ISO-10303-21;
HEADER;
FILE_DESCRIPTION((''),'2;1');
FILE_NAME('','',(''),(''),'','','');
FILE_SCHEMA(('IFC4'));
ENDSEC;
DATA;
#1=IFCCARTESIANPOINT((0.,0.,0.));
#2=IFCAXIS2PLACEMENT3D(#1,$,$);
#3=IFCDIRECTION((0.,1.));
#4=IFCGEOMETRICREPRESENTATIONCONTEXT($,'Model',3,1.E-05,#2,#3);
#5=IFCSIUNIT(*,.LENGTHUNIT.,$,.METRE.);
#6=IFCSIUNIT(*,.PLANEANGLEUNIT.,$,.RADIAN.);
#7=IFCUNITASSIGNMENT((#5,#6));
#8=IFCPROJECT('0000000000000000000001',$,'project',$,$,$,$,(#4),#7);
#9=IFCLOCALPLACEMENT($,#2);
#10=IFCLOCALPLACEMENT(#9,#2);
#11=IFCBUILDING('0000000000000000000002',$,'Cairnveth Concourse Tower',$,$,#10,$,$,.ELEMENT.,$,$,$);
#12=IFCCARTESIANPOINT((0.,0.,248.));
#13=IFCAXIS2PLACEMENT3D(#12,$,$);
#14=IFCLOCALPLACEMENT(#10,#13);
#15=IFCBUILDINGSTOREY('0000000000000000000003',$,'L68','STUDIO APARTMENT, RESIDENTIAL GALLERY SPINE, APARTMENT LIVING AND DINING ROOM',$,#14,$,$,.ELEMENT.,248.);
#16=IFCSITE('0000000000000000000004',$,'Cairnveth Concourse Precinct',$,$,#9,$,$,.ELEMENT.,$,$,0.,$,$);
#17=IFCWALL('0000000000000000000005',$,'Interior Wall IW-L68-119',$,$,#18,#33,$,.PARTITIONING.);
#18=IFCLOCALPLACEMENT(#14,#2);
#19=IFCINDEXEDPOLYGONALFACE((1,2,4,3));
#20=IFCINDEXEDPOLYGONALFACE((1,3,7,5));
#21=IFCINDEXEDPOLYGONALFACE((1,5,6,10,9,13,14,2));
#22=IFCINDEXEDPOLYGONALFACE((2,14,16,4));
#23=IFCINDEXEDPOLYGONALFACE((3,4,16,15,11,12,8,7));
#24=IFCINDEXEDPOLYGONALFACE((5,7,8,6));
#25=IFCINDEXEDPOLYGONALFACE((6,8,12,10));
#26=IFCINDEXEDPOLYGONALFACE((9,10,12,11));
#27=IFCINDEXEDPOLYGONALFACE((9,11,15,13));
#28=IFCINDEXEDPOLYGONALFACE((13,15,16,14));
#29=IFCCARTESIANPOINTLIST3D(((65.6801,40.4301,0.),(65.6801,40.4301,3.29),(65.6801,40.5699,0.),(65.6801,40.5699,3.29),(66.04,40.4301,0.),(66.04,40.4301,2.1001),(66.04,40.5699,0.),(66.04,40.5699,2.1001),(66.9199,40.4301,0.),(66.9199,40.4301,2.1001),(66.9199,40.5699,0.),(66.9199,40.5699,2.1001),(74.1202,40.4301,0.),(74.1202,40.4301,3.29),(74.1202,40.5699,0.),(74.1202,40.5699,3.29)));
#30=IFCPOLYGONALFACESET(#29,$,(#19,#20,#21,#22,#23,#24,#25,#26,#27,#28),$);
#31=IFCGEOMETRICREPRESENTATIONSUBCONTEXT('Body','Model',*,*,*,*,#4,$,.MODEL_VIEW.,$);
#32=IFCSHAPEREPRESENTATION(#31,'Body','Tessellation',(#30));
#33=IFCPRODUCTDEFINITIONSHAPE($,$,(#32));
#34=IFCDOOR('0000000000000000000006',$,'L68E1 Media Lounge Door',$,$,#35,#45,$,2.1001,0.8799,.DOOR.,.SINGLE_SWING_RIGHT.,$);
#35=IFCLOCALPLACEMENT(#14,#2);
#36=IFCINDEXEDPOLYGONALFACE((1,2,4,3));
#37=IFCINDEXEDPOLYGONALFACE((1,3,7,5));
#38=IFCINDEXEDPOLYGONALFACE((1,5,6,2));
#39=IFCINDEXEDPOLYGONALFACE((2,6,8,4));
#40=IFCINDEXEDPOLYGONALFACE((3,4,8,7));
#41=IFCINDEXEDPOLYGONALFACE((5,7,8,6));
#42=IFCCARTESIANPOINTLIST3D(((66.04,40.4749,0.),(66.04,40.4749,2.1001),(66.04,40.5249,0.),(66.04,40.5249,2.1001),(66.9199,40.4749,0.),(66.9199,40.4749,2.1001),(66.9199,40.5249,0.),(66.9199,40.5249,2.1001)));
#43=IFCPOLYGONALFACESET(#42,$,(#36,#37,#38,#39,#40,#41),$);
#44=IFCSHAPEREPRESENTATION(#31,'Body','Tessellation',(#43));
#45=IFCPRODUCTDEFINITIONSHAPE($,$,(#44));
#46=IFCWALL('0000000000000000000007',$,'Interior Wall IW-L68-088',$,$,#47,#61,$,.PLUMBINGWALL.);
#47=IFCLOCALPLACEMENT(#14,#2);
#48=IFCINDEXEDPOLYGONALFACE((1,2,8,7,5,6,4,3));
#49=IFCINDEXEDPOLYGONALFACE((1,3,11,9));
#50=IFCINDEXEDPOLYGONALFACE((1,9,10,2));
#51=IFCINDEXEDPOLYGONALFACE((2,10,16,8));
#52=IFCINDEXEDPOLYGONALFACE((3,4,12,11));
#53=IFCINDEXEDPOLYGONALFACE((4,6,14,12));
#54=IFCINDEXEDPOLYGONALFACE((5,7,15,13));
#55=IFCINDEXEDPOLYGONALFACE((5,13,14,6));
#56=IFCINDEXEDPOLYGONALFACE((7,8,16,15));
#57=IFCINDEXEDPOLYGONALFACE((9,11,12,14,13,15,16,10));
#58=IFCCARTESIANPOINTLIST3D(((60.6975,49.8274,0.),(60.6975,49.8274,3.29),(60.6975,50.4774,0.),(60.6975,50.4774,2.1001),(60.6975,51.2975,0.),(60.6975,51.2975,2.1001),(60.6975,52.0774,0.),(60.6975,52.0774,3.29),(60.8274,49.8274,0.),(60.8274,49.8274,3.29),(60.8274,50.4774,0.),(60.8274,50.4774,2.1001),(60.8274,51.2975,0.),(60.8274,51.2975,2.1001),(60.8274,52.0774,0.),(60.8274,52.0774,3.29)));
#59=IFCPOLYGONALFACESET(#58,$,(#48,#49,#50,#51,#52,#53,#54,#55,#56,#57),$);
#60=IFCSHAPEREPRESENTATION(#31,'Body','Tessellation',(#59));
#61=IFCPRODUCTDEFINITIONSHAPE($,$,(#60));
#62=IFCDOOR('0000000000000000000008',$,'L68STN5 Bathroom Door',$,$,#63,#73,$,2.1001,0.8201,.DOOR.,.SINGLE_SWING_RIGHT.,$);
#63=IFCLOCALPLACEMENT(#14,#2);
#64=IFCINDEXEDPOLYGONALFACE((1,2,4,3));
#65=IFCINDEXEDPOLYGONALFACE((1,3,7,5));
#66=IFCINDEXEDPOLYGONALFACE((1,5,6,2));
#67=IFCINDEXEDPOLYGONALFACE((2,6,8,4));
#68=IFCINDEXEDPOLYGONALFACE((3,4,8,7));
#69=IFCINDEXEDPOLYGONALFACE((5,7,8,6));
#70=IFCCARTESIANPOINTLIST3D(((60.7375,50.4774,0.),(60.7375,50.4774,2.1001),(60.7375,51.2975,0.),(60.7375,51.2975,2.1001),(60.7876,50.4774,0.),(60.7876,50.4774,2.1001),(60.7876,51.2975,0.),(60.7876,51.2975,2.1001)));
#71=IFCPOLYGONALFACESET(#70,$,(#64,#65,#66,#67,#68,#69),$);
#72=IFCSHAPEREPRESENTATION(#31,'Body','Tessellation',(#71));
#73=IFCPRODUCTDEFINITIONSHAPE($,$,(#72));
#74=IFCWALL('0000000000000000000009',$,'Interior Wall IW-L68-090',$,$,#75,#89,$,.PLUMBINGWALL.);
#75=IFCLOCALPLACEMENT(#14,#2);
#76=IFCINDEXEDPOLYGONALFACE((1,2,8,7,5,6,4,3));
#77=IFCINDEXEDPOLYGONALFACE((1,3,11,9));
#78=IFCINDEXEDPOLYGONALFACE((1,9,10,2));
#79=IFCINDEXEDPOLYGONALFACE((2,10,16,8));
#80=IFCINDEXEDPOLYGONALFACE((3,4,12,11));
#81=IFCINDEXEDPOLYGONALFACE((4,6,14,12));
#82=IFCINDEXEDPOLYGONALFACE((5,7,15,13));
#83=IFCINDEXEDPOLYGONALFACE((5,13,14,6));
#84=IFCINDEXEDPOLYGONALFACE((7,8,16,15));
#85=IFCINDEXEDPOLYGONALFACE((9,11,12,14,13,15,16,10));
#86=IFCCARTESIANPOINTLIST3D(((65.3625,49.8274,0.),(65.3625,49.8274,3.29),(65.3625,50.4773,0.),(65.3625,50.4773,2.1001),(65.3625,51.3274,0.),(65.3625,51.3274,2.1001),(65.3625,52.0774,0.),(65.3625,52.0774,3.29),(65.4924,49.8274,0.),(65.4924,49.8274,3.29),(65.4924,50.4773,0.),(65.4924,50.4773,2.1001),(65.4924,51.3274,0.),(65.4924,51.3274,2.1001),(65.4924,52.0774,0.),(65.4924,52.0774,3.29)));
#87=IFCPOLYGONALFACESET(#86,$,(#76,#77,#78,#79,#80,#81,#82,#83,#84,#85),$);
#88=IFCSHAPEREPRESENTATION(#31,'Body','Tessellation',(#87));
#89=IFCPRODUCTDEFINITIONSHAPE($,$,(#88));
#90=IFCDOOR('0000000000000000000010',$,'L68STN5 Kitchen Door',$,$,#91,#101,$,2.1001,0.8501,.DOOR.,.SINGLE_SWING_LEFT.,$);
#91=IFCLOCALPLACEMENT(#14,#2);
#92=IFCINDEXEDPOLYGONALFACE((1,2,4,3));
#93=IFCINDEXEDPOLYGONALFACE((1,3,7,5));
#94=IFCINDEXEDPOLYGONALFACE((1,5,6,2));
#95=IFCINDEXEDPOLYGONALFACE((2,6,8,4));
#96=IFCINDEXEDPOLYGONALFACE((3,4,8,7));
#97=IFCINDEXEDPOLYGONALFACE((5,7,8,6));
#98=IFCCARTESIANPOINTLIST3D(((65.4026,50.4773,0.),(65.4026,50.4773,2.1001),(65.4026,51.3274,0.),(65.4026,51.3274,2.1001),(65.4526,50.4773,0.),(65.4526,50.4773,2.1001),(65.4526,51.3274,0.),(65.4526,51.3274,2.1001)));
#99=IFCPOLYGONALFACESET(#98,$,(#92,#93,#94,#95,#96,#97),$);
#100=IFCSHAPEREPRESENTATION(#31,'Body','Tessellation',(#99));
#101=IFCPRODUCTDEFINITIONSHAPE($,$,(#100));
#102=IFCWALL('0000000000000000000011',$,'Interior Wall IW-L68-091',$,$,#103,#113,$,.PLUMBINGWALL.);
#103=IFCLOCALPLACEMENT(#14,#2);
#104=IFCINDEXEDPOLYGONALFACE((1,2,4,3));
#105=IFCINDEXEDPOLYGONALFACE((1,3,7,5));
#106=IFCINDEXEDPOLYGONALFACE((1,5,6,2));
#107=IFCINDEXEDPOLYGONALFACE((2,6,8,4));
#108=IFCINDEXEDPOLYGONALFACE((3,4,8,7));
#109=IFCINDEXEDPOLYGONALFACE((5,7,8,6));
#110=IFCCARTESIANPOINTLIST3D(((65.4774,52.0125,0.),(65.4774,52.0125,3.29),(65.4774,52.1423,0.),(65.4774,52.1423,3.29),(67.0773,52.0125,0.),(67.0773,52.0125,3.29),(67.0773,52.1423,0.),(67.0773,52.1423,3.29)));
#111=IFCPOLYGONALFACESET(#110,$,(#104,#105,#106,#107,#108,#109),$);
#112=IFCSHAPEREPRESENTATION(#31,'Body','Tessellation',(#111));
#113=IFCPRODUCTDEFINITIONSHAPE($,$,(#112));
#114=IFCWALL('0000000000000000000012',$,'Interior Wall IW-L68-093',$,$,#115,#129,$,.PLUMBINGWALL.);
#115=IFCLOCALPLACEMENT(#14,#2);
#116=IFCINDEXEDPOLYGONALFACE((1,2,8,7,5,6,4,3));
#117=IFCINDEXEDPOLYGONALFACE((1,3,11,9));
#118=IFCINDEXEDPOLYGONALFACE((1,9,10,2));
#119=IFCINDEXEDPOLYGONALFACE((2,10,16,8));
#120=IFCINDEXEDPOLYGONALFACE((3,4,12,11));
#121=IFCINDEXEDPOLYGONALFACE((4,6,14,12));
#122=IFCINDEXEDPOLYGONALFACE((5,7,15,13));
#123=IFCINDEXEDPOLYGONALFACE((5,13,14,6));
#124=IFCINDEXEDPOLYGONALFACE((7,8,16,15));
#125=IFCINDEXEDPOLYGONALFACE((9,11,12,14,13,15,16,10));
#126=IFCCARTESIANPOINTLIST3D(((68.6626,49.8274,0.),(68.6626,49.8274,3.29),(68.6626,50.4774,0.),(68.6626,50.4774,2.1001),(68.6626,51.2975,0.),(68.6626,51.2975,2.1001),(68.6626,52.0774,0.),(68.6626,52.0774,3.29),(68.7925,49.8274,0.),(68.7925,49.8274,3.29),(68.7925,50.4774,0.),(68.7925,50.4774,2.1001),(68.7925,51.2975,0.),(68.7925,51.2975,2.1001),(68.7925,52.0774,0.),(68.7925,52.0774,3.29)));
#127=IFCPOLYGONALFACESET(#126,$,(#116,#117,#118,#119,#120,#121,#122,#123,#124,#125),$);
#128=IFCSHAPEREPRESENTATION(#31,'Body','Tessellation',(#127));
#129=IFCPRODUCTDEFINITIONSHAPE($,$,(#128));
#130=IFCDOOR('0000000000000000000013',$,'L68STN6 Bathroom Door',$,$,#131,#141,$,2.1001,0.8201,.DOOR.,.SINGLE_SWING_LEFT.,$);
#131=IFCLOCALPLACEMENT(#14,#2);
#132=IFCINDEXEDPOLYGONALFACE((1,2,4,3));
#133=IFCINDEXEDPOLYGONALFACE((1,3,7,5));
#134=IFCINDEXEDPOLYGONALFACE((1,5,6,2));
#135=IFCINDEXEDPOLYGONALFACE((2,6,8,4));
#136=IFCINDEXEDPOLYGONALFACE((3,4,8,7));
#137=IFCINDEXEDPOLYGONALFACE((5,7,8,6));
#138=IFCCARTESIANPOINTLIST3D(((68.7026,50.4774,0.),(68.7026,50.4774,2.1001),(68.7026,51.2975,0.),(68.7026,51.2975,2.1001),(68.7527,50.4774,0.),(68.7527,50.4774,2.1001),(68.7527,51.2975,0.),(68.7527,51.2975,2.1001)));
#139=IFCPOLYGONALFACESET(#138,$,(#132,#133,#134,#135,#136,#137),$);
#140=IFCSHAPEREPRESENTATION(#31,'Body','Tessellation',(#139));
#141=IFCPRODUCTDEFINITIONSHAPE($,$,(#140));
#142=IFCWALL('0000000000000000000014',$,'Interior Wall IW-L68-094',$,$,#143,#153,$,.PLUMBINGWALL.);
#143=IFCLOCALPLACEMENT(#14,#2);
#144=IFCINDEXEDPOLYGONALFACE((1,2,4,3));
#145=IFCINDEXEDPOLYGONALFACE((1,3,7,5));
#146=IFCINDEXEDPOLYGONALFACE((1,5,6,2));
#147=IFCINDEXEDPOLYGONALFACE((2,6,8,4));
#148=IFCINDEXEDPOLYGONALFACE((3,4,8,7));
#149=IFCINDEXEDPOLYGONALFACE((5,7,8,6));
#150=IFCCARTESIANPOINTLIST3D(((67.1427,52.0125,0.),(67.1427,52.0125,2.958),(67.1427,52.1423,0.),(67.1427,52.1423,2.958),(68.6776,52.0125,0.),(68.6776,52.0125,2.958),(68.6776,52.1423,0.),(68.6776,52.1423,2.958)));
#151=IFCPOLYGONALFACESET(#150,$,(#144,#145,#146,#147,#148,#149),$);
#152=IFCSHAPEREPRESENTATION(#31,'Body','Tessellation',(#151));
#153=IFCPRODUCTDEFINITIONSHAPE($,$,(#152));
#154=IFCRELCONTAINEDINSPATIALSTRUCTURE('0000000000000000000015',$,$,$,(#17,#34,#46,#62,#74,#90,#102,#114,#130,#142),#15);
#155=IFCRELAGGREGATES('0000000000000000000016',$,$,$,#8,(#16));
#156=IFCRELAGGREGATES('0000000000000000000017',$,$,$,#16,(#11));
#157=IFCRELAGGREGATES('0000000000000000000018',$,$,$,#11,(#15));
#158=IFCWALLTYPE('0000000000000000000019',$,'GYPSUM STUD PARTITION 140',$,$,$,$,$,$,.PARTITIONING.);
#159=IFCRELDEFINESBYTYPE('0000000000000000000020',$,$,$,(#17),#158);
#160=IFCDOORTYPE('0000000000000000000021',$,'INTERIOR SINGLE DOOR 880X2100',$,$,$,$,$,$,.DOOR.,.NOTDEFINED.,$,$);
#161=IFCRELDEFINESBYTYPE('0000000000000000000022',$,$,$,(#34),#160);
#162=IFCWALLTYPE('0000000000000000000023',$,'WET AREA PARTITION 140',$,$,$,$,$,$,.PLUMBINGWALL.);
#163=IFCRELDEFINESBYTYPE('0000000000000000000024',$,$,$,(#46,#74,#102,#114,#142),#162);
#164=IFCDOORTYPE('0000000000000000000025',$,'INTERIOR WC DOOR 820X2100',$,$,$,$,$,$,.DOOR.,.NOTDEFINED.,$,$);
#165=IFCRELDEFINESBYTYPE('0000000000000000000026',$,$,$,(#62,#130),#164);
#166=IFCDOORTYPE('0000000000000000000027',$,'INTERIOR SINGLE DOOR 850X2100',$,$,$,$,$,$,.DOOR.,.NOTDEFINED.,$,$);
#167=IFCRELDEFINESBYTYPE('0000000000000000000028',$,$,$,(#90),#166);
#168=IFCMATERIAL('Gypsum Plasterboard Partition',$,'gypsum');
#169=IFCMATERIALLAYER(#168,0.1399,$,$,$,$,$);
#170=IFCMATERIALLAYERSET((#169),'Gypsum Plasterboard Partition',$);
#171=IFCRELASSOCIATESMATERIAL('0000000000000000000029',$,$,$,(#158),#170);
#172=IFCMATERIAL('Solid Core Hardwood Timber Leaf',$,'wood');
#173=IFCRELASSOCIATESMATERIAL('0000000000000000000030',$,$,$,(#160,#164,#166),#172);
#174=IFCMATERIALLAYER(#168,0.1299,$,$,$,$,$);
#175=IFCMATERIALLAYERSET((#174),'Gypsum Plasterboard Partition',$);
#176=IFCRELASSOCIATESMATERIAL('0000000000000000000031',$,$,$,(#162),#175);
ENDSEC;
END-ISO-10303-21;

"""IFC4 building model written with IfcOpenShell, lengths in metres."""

from ifc_helpers import new_model, si_unit, direction, frame, frame_2d, origin, place, context, subcontext, project, spatial, rectangle, extrude, material, layer, layer_set, type_object, element, fill, save


model = new_model("IFC4")

# Units and contexts
model_context = context("Model", 3, precision=1e-05, world=origin(), true_north=direction((0.0, 1.0)))
body_context = subcontext(model_context, "Body", "Model", "MODEL_VIEW")
ifc_project = project(units=[si_unit("LENGTHUNIT", "METRE"), si_unit("PLANEANGLEUNIT", "RADIAN")], contexts=[model_context])

# Site, building, storey
site_placement = place(None, origin())
site = spatial("IfcSite", under=ifc_project, at=site_placement, Name="Cairnveth Concourse Precinct", CompositionType="ELEMENT", RefElevation=0.0)
building_placement = place(site_placement, origin())
building = spatial("IfcBuilding", under=site, at=building_placement, Name="Cairnveth Concourse Tower", CompositionType="ELEMENT")
storey_placement = place(building_placement, frame((0.0, 0.0, 248.0)))
storey = spatial("IfcBuildingStorey", under=building, at=storey_placement, Name="L68", Description="STUDIO APARTMENT, RESIDENTIAL GALLERY SPINE, APARTMENT LIVING AND DINING ROOM", CompositionType="ELEMENT", Elevation=248.0)

# Shared definitions
ifc_material_1 = material(Name="Gypsum Plasterboard Partition", Category="gypsum")

# Walls, openings, doors
ifc_layer_1 = layer(ifc_material_1, 0.1399)
ifc_layer_set_1 = layer_set([ifc_layer_1], Name="Gypsum Plasterboard Partition")
wall_type_1 = type_object("IfcWallType", Name="GYPSUM STUD PARTITION 140", PredefinedType="PARTITIONING", material=ifc_layer_set_1)
ifc_material_2 = material(Name="Solid Core Hardwood Timber Leaf", Category="wood")
door_type_1 = type_object("IfcDoorType", Name="INTERIOR SINGLE DOOR 880X2100", OperationType="NOTDEFINED", PredefinedType="DOOR", material=ifc_material_2)
door_type_2 = type_object("IfcDoorType", Name="INTERIOR WC DOOR 820X2100", OperationType="NOTDEFINED", PredefinedType="DOOR", material=ifc_material_2)
wall_1_placement = place(storey_placement, frame((65.6799, 40.5, 0.0), z_axis=(0.0, 0.0, 1.0), x_axis=(1.0, 0.0, 0.0)))
wall_1 = element("IfcWall", 1, at=wall_1_placement, inside=storey, type_object=wall_type_1, Name="Interior Wall IW-L68-119", PredefinedType="PARTITIONING", context=body_context, shape_type="SweptSolid", body=[
    extrude(rectangle(XDim=8.4402, YDim=0.1399, at=frame_2d((4.2202, 0.0))), origin(), (0.0, 0.0, 1.0), 3.29),
])
opening_1_placement = place(wall_1_placement, frame((0.3601, 0.0, 0.0)))
opening_1 = element("IfcOpeningElement", 2, at=opening_1_placement, cuts=wall_1, PredefinedType="OPENING", context=body_context, shape_type="SweptSolid", body=[
    extrude(rectangle(XDim=0.8799, YDim=2.1001, at=frame_2d((0.4399, 1.05))), frame((0.0, 0.0798, 0.0), z_axis=(0.0, -1.0, 0.0), x_axis=(1.0, 0.0, 0.0)), (0.0, 0.0, 1.0), 0.1599),
])
door_1_placement = place(opening_1_placement, origin())
door_1 = element("IfcDoor", 3, at=door_1_placement, inside=storey, type_object=door_type_1, Name="L68E1 Media Lounge Door", OperationType="SINGLE_SWING_RIGHT", OverallHeight=2.1001, OverallWidth=0.8799, PredefinedType="DOOR", context=body_context, shape_type="SweptSolid", body=[
    extrude(rectangle(XDim=0.8799, YDim=2.1001, at=frame_2d((0.4399, 1.05))), frame((0.0, 0.0249, 0.0), z_axis=(0.0, -1.0, 0.0), x_axis=(1.0, 0.0, 0.0)), (0.0, 0.0, 1.0), 0.05),
])
fill(opening_1, door_1)
ifc_layer_2 = layer(ifc_material_1, 0.1299)
ifc_layer_set_2 = layer_set([ifc_layer_2], Name="Gypsum Plasterboard Partition")
wall_type_2 = type_object("IfcWallType", Name="WET AREA PARTITION 140", PredefinedType="PLUMBINGWALL", material=ifc_layer_set_2)
wall_2_placement = place(storey_placement, frame((60.7625, 49.8274, 0.0), z_axis=(0.0, 0.0, 1.0), x_axis=(0.0, 1.0, 0.0)))
wall_2 = element("IfcWall", 4, at=wall_2_placement, inside=storey, type_object=wall_type_2, Name="Interior Wall IW-L68-088", PredefinedType="PLUMBINGWALL", context=body_context, shape_type="SweptSolid", body=[
    extrude(rectangle(XDim=2.25, YDim=0.1299, at=frame_2d((1.125, 0.0))), origin(), (0.0, 0.0, 1.0), 3.29),
])
opening_2_placement = place(wall_2_placement, frame((0.6499, 0.0, 0.0)))
opening_2 = element("IfcOpeningElement", 5, at=opening_2_placement, cuts=wall_2, PredefinedType="OPENING", context=body_context, shape_type="SweptSolid", body=[
    extrude(rectangle(XDim=0.8201, YDim=2.1001, at=frame_2d((0.4102, 1.05))), frame((0.0, 0.075, 0.0), z_axis=(0.0, -1.0, 0.0), x_axis=(1.0, 0.0, 0.0)), (0.0, 0.0, 1.0), 0.1499),
])
door_2_placement = place(opening_2_placement, origin())
door_2 = element("IfcDoor", 6, at=door_2_placement, inside=storey, type_object=door_type_2, Name="L68STN5 Bathroom Door", OperationType="SINGLE_SWING_RIGHT", OverallHeight=2.1001, OverallWidth=0.8201, PredefinedType="DOOR", context=body_context, shape_type="SweptSolid", body=[
    extrude(rectangle(XDim=0.8201, YDim=2.1001, at=frame_2d((0.4102, 1.05))), frame((0.0, 0.0249, 0.0), z_axis=(0.0, -1.0, 0.0), x_axis=(1.0, 0.0, 0.0)), (0.0, 0.0, 1.0), 0.05),
])
fill(opening_2, door_2)
wall_3_placement = place(storey_placement, frame((65.4275, 49.8274, 0.0), z_axis=(0.0, 0.0, 1.0), x_axis=(0.0, 1.0, 0.0)))
wall_3 = element("IfcWall", 7, at=wall_3_placement, inside=storey, type_object=wall_type_2, Name="Interior Wall IW-L68-090", PredefinedType="PLUMBINGWALL", context=body_context, shape_type="SweptSolid", body=[
    extrude(rectangle(XDim=2.25, YDim=0.1299, at=frame_2d((1.125, 0.0))), origin(), (0.0, 0.0, 1.0), 3.29),
])
opening_3_placement = place(wall_3_placement, frame((0.6499, 0.0, 0.0)))
opening_3 = element("IfcOpeningElement", 8, at=opening_3_placement, cuts=wall_3, PredefinedType="OPENING", context=body_context, shape_type="SweptSolid", body=[
    extrude(rectangle(XDim=0.8501, YDim=2.1001, at=frame_2d((0.425, 1.05))), frame((0.0, 0.075, 0.0), z_axis=(0.0, -1.0, 0.0), x_axis=(1.0, 0.0, 0.0)), (0.0, 0.0, 1.0), 0.1499),
])
door_type_3 = type_object("IfcDoorType", Name="INTERIOR SINGLE DOOR 850X2100", OperationType="NOTDEFINED", PredefinedType="DOOR", material=ifc_material_2)
door_3_placement = place(opening_3_placement, origin())
door_3 = element("IfcDoor", 9, at=door_3_placement, inside=storey, type_object=door_type_3, Name="L68STN5 Kitchen Door", OperationType="SINGLE_SWING_LEFT", OverallHeight=2.1001, OverallWidth=0.8501, PredefinedType="DOOR", context=body_context, shape_type="SweptSolid", body=[
    extrude(rectangle(XDim=0.8501, YDim=2.1001, at=frame_2d((0.425, 1.05))), frame((0.0, 0.0249, 0.0), z_axis=(0.0, -1.0, 0.0), x_axis=(1.0, 0.0, 0.0)), (0.0, 0.0, 1.0), 0.05),
])
fill(opening_3, door_3)

# Wall
wall_4_placement = place(storey_placement, frame((65.4775, 52.0774, 0.0), z_axis=(0.0, 0.0, 1.0), x_axis=(1.0, 0.0, 0.0)))
element("IfcWall", 10, at=wall_4_placement, inside=storey, type_object=wall_type_2, Name="Interior Wall IW-L68-091", PredefinedType="PLUMBINGWALL", context=body_context, shape_type="SweptSolid", body=[
    extrude(rectangle(XDim=1.5999, YDim=0.1299, at=frame_2d((0.7998, 0.0))), origin(), (0.0, 0.0, 1.0), 3.29),
])

# Wall, opening, door
wall_5_placement = place(storey_placement, frame((68.7275, 49.8274, 0.0), z_axis=(0.0, 0.0, 1.0), x_axis=(0.0, 1.0, 0.0)))
wall_5 = element("IfcWall", 11, at=wall_5_placement, inside=storey, type_object=wall_type_2, Name="Interior Wall IW-L68-093", PredefinedType="PLUMBINGWALL", context=body_context, shape_type="SweptSolid", body=[
    extrude(rectangle(XDim=2.25, YDim=0.1299, at=frame_2d((1.125, 0.0))), origin(), (0.0, 0.0, 1.0), 3.29),
])
opening_4_placement = place(wall_5_placement, frame((0.6499, 0.0, 0.0)))
opening_4 = element("IfcOpeningElement", 12, at=opening_4_placement, cuts=wall_5, PredefinedType="OPENING", context=body_context, shape_type="SweptSolid", body=[
    extrude(rectangle(XDim=0.8201, YDim=2.1001, at=frame_2d((0.4102, 1.05))), frame((0.0, 0.075, 0.0), z_axis=(0.0, -1.0, 0.0), x_axis=(1.0, 0.0, 0.0)), (0.0, 0.0, 1.0), 0.1499),
])
door_4_placement = place(opening_4_placement, origin())
door_4 = element("IfcDoor", 13, at=door_4_placement, inside=storey, type_object=door_type_2, Name="L68STN6 Bathroom Door", OperationType="SINGLE_SWING_LEFT", OverallHeight=2.1001, OverallWidth=0.8201, PredefinedType="DOOR", context=body_context, shape_type="SweptSolid", body=[
    extrude(rectangle(XDim=0.8201, YDim=2.1001, at=frame_2d((0.4102, 1.05))), frame((0.0, 0.0249, 0.0), z_axis=(0.0, -1.0, 0.0), x_axis=(1.0, 0.0, 0.0)), (0.0, 0.0, 1.0), 0.05),
])
fill(opening_4, door_4)

# Wall
wall_6_placement = place(storey_placement, frame((67.1426, 52.0774, 0.0), z_axis=(0.0, 0.0, 1.0), x_axis=(1.0, 0.0, 0.0)))
element("IfcWall", 14, at=wall_6_placement, inside=storey, type_object=wall_type_2, Name="Interior Wall IW-L68-094", PredefinedType="PLUMBINGWALL", context=body_context, shape_type="SweptSolid", body=[
    extrude(rectangle(XDim=1.5349, YDim=0.1299, at=frame_2d((0.7676, 0.0))), origin(), (0.0, 0.0, 1.0), 2.958),
])

save(model, "model.ifc")
